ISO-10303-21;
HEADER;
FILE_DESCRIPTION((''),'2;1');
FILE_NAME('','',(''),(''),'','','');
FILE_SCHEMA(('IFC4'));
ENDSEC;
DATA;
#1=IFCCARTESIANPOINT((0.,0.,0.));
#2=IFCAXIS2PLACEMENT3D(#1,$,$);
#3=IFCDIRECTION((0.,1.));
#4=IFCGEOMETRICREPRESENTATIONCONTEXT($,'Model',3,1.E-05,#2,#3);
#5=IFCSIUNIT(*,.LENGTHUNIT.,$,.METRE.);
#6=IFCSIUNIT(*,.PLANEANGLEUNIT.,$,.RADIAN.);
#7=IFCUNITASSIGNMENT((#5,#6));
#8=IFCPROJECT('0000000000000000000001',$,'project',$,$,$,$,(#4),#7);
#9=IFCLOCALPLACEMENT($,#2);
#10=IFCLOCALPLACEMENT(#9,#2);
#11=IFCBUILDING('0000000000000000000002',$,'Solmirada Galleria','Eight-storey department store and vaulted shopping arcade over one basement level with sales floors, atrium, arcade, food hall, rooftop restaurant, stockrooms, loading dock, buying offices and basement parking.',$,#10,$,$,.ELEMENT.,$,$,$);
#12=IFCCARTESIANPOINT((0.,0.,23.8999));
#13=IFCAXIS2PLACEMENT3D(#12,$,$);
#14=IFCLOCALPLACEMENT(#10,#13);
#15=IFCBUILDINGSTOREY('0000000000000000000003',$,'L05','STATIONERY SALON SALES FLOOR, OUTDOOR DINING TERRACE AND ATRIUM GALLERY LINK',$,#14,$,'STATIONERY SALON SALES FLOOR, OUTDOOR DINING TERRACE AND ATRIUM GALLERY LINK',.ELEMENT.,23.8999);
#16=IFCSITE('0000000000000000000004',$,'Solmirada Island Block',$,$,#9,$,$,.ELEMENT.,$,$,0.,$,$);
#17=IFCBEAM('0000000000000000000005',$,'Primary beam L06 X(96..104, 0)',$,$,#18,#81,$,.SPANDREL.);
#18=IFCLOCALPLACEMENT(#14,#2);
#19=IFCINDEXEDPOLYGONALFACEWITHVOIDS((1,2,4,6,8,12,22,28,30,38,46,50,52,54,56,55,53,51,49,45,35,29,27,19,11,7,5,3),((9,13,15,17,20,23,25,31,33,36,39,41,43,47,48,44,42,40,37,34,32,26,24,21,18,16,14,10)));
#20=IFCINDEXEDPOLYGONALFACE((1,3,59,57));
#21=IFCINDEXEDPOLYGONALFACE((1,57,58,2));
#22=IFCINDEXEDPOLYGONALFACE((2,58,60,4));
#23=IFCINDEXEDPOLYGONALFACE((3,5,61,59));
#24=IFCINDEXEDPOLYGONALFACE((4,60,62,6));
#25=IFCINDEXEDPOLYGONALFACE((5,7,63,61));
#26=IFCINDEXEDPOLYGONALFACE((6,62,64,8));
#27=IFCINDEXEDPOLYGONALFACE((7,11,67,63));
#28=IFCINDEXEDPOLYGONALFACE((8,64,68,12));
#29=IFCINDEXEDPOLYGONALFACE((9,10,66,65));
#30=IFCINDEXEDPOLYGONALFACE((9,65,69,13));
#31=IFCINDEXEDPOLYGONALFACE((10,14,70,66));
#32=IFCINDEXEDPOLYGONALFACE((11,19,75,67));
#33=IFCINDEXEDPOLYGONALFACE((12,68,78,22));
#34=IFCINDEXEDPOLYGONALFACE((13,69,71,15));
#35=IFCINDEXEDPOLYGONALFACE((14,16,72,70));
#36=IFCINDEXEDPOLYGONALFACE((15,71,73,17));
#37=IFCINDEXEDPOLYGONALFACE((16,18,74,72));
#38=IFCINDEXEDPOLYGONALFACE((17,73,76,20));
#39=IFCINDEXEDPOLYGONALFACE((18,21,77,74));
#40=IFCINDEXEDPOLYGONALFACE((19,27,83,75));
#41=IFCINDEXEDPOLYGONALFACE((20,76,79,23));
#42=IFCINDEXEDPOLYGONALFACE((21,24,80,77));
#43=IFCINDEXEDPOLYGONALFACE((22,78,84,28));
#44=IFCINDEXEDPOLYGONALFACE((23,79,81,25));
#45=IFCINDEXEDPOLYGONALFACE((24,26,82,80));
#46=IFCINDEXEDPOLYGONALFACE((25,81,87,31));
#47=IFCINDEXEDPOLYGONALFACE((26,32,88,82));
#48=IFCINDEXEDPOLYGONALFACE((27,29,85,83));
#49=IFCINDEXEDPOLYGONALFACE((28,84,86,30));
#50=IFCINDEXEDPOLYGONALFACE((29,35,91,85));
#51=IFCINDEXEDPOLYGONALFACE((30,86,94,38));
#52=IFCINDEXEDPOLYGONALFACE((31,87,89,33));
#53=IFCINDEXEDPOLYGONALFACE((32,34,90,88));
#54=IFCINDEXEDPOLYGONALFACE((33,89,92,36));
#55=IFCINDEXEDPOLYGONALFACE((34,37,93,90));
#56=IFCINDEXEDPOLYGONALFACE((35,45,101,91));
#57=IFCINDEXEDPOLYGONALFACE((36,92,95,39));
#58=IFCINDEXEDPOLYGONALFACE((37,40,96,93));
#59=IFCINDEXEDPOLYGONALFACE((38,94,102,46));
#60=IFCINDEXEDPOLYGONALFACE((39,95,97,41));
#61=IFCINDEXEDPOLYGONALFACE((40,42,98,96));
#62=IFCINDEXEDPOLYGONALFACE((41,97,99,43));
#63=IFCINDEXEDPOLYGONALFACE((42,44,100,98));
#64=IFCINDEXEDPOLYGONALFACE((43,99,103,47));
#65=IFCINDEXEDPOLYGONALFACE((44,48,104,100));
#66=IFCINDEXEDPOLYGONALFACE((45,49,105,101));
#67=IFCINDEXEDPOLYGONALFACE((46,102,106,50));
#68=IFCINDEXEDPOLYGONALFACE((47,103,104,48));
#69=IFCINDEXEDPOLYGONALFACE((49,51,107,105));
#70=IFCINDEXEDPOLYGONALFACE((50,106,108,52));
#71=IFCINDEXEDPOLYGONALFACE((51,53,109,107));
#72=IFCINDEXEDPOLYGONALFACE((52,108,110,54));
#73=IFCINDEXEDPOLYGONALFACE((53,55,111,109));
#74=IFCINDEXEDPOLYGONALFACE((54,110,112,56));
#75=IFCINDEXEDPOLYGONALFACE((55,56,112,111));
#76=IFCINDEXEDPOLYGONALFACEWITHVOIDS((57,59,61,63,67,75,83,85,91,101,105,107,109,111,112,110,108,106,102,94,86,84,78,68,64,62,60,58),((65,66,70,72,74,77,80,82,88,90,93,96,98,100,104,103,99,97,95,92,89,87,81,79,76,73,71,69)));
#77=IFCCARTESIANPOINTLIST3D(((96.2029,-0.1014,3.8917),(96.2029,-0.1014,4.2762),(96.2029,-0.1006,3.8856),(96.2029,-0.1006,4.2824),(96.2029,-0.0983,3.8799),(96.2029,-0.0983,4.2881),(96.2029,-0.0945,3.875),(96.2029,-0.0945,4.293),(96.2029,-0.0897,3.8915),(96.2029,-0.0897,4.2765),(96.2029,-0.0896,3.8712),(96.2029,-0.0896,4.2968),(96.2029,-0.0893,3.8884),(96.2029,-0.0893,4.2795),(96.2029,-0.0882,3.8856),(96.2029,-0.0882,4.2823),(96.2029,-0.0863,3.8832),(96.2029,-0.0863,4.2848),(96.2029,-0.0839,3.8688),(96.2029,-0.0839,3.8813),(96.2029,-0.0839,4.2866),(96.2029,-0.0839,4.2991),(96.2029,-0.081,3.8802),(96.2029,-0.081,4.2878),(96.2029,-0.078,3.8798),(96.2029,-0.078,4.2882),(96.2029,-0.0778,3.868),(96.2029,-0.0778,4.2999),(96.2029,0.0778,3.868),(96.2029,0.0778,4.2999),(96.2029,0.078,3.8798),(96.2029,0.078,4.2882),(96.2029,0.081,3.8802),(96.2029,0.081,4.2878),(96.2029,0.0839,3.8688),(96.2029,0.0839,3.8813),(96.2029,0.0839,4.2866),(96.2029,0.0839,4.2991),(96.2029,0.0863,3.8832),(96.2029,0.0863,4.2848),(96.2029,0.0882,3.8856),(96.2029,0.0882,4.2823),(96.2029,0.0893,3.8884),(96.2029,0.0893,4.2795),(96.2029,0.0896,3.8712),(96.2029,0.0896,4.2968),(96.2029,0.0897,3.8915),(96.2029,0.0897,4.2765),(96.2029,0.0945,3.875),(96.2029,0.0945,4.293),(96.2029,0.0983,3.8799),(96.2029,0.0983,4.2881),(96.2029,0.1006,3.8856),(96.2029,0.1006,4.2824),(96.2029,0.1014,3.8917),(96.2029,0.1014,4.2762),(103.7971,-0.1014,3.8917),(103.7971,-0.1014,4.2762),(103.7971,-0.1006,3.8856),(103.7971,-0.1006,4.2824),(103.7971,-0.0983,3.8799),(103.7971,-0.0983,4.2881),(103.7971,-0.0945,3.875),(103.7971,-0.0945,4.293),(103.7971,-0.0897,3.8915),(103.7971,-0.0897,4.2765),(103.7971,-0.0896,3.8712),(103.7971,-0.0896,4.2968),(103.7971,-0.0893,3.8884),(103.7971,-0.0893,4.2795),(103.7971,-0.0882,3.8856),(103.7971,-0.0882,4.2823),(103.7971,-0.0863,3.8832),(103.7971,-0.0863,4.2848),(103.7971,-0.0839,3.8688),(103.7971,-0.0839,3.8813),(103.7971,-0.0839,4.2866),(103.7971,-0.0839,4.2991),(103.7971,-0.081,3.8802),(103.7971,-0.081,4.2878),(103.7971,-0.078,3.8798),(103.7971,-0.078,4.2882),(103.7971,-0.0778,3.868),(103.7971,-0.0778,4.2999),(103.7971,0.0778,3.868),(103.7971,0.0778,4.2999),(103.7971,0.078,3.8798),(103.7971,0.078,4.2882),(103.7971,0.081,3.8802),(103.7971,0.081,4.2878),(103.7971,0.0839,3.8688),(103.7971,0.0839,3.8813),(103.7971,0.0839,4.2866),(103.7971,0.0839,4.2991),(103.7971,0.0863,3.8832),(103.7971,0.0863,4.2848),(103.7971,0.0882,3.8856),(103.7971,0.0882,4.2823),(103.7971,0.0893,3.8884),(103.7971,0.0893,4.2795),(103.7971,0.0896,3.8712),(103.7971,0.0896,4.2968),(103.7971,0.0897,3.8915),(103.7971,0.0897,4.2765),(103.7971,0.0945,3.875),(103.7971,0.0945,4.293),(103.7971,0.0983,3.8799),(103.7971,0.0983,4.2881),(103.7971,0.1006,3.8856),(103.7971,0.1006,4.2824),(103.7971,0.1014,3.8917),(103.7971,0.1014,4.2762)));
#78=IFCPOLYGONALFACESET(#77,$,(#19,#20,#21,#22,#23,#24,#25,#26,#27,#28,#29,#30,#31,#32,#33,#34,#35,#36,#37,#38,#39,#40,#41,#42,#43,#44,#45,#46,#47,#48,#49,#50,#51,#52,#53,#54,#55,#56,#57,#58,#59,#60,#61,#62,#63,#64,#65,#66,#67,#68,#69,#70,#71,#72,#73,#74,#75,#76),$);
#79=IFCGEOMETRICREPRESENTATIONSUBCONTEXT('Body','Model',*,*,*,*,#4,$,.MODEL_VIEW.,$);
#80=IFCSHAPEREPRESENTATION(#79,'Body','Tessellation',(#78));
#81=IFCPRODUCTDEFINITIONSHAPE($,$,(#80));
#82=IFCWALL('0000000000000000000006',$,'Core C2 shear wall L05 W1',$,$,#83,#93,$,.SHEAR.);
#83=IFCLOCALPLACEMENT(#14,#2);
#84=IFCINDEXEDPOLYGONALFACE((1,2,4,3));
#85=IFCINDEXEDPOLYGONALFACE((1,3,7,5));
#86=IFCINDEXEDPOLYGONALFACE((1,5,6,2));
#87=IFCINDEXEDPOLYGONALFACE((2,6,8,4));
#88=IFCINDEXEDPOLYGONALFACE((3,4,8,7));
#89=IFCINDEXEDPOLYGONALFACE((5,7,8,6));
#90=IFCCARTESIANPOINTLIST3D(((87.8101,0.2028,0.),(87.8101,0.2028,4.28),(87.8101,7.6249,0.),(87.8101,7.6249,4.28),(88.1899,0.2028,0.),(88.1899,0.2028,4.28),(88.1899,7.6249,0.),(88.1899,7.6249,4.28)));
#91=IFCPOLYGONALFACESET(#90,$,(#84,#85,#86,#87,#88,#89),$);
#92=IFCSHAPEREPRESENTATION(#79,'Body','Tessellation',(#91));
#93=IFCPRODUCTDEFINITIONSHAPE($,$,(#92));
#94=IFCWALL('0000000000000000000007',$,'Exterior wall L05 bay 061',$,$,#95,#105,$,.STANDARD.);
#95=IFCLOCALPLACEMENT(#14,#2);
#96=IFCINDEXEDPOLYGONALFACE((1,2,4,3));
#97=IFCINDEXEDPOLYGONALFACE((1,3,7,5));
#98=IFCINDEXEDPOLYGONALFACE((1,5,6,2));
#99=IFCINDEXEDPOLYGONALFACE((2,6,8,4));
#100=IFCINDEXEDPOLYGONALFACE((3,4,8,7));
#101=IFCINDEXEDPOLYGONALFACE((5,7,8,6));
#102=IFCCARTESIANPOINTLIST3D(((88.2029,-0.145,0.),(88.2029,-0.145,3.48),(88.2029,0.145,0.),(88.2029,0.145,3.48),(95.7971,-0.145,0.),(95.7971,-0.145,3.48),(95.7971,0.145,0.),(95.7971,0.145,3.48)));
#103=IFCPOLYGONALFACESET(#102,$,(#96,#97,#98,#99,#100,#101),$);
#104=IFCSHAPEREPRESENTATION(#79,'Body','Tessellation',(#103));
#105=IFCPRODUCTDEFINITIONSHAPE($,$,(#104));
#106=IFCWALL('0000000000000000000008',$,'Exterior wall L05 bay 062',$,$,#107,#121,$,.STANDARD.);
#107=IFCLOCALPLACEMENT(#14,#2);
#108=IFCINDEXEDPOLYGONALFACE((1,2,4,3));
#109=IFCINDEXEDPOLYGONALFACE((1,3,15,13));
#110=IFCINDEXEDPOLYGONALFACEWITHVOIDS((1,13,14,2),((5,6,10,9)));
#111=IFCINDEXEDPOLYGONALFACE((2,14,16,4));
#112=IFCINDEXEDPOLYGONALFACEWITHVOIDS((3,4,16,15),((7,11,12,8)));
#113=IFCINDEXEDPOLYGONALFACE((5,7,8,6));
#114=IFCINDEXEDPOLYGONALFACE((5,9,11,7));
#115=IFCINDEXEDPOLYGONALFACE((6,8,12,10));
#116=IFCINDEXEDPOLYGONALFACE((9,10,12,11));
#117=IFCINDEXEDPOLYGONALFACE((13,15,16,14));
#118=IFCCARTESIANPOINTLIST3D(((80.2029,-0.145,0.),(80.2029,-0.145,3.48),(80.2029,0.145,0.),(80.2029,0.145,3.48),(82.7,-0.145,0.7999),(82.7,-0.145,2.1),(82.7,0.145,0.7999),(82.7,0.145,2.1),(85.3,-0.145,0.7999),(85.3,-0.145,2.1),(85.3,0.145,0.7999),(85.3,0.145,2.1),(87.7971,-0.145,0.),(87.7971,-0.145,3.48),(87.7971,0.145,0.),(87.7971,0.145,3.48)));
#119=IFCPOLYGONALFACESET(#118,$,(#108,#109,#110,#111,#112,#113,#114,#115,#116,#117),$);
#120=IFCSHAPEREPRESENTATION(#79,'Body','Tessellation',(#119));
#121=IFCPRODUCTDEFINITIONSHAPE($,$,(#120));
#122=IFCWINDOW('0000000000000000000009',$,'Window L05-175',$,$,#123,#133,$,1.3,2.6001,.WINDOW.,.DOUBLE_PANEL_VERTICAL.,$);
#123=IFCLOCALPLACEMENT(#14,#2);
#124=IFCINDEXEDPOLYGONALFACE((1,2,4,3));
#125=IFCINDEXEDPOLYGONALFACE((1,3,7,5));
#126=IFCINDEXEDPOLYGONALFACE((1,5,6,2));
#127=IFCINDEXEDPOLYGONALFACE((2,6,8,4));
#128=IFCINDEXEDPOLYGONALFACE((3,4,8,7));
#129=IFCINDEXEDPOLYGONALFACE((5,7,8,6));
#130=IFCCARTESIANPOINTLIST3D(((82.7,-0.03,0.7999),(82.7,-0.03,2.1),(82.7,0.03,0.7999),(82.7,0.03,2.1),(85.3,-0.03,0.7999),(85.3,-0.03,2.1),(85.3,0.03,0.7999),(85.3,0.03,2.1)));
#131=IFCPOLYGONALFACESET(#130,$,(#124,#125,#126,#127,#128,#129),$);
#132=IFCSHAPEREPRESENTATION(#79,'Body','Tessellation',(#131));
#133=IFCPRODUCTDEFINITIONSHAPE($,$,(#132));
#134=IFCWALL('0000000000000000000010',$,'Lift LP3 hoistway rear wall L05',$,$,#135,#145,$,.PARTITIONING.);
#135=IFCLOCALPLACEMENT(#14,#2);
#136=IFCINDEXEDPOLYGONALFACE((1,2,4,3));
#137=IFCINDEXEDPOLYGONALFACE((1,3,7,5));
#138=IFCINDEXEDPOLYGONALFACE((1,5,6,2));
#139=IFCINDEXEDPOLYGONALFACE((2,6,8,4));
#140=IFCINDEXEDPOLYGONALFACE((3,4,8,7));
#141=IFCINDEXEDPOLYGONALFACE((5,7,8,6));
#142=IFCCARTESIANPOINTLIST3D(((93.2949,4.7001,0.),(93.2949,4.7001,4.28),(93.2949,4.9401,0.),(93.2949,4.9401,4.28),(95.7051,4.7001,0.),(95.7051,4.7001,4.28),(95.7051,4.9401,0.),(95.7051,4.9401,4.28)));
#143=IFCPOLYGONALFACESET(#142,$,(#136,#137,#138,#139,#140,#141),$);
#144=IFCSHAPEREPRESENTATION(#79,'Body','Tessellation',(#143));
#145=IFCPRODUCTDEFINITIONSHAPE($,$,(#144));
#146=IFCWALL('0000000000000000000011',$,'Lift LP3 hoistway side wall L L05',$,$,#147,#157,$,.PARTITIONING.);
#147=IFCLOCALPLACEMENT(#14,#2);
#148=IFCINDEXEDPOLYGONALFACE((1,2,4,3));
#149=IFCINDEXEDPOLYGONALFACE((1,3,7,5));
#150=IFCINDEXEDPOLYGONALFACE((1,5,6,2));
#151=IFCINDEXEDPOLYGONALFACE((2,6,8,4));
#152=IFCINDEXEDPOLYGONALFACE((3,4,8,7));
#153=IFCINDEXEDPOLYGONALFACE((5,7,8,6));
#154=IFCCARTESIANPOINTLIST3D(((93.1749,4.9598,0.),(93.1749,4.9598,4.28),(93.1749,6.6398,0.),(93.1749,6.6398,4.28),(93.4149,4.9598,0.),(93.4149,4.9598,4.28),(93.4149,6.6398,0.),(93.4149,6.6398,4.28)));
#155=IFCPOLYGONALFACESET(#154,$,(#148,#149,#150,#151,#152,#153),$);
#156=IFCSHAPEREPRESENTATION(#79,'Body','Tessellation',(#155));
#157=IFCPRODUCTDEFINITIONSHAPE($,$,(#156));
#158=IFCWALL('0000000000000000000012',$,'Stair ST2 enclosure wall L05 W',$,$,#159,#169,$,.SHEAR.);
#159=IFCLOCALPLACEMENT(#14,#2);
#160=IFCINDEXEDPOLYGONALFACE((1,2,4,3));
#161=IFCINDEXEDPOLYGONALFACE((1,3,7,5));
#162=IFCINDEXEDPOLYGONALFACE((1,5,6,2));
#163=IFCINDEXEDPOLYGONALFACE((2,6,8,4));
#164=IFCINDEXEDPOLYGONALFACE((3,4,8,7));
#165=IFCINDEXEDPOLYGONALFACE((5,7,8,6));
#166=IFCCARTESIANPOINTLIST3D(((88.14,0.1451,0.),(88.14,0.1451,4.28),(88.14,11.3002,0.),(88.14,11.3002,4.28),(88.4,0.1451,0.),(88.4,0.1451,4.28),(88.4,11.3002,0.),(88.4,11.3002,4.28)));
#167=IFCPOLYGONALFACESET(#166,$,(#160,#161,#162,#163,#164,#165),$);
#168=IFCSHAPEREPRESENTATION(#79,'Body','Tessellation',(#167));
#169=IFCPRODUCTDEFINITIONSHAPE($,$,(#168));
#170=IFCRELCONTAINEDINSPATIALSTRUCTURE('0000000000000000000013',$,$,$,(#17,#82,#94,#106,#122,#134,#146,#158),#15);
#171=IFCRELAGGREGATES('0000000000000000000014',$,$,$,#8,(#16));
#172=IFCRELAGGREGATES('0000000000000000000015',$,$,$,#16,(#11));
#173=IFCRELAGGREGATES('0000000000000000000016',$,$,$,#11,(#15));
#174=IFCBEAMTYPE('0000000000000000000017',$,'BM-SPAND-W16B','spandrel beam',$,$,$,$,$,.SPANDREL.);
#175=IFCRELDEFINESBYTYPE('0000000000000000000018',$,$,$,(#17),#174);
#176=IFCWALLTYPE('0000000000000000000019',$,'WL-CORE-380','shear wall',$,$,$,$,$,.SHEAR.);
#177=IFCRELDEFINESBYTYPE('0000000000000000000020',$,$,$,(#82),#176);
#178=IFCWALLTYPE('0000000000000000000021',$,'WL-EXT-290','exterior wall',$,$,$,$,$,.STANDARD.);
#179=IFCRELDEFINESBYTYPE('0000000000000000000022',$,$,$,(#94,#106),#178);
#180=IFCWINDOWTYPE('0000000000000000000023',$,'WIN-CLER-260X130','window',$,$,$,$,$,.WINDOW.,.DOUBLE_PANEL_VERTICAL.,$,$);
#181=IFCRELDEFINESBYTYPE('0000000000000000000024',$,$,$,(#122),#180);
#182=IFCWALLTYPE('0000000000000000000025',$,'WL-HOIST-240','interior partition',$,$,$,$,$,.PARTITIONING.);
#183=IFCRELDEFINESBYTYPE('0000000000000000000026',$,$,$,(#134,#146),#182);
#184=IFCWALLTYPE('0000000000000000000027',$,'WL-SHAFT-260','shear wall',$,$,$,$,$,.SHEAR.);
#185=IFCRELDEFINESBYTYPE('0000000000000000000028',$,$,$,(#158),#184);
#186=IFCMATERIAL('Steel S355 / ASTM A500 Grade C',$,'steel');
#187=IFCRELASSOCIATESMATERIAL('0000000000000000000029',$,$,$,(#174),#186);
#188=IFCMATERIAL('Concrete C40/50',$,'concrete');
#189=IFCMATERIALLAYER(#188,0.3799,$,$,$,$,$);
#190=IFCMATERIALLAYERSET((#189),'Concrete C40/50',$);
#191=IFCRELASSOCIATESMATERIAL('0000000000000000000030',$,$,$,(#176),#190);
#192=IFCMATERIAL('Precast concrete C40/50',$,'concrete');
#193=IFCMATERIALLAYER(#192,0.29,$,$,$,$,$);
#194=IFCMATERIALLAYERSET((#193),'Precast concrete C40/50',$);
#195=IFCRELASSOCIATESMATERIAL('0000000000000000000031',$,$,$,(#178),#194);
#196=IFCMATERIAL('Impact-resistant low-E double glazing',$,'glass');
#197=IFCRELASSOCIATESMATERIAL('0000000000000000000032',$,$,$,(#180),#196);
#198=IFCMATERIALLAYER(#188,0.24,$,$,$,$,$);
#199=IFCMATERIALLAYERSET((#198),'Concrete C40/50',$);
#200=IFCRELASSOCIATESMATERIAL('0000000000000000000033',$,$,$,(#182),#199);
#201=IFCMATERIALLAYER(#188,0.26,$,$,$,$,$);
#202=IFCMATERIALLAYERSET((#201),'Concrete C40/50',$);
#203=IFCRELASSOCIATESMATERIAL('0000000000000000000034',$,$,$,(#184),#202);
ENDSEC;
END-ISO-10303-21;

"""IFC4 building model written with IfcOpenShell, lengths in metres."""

from ifc_helpers import new_model, si_unit, direction, frame, frame_2d, origin, origin_2d, place, context, subcontext, project, spatial, rectangle, hollow_rectangle, extrude, material, layer, layer_set, material_profile, profile_set, type_object, element, fill, save


model = new_model("IFC4")

# Units and contexts
model_context = context("Model", 3, precision=1e-05, world=origin(), true_north=direction((0.0, 1.0)))
body_context = subcontext(model_context, "Body", "Model", "MODEL_VIEW")
ifc_project = project(units=[si_unit("LENGTHUNIT", "METRE"), si_unit("PLANEANGLEUNIT", "RADIAN")], contexts=[model_context])

# Site, building, storey
site_placement = place(None, origin())
site = spatial("IfcSite", under=ifc_project, at=site_placement, Name="Solmirada Island Block", CompositionType="ELEMENT", RefElevation=0.0)
building_placement = place(site_placement, origin())
building = spatial("IfcBuilding", under=site, at=building_placement, Name="Solmirada Galleria", Description="Eight-storey department store and vaulted shopping arcade over one basement level with sales floors, atrium, arcade, food hall, rooftop restaurant, stockrooms, loading dock, buying offices and basement parking.", CompositionType="ELEMENT")
storey_placement = place(building_placement, frame((0.0, 0.0, 23.8999)))
storey = spatial("IfcBuildingStorey", under=building, at=storey_placement, Name="L05", Description="STATIONERY SALON SALES FLOOR, OUTDOOR DINING TERRACE AND ATRIUM GALLERY LINK", LongName="STATIONERY SALON SALES FLOOR, OUTDOOR DINING TERRACE AND ATRIUM GALLERY LINK", CompositionType="ELEMENT", Elevation=23.8999)

# Shared definitions
ifc_material_1 = material(Name="Steel S355 / ASTM A500 Grade C", Category="steel")

# Beam
ifc_material_profile_1 = material_profile(ifc_material_1, hollow_rectangle(XDim=0.2029, YDim=0.4319, WallThickness=0.0117, InnerFilletRadius=0.0117, OuterFilletRadius=0.0237, at=origin_2d()), Name="HSS17X8X1/2")
ifc_profile_set_1 = profile_set([ifc_material_profile_1], Name="Steel S355 / ASTM A500 Grade C")
beam_type_1 = type_object("IfcBeamType", Name="BM-SPAND-W16B", Description="spandrel beam", PredefinedType="SPANDREL", material=ifc_profile_set_1)
for number, where, z_axis, x_axis, name in (
    (1, (96.2029, 0.0, 4.084), (1.0, 0.0, 0.0), (0.0, 1.0, 0.0), "Primary beam L06 X(96..104, 0)"),
):
    element("IfcBeam", number, at=place(storey_placement, frame(where, z_axis=z_axis, x_axis=x_axis)), inside=storey, type_object=beam_type_1, Name=name, PredefinedType="SPANDREL", context=body_context, shape_type="SweptSolid", body=[
        extrude(hollow_rectangle(XDim=0.2029, YDim=0.4319, WallThickness=0.0117, InnerFilletRadius=0.0117, OuterFilletRadius=0.0237, at=origin_2d()), origin(), (0.0, 0.0, 1.0), 7.5942),
    ])

# Wall
ifc_material_2 = material(Name="Concrete C40/50", Category="concrete")
ifc_layer_1 = layer(ifc_material_2, 0.3799)
ifc_layer_set_1 = layer_set([ifc_layer_1], Name="Concrete C40/50")
wall_type_1 = type_object("IfcWallType", Name="WL-CORE-380", Description="shear wall", PredefinedType="SHEAR", material=ifc_layer_set_1)
wall_1_placement = place(storey_placement, frame((88.0, 0.2029, 0.0), z_axis=(0.0, 0.0, 1.0), x_axis=(0.0, 1.0, 0.0)))
element("IfcWall", 2, at=wall_1_placement, inside=storey, type_object=wall_type_1, Name="Core C2 shear wall L05 W1", PredefinedType="SHEAR", context=body_context, shape_type="SweptSolid", body=[
    extrude(rectangle(XDim=7.4221, YDim=0.3799, at=frame_2d((3.7109, 0.0))), origin(), (0.0, 0.0, 1.0), 4.28),
])

# Wall
ifc_material_3 = material(Name="Precast concrete C40/50", Category="concrete")
ifc_layer_2 = layer(ifc_material_3, 0.29)
ifc_layer_set_2 = layer_set([ifc_layer_2], Name="Precast concrete C40/50")
wall_type_2 = type_object("IfcWallType", Name="WL-EXT-290", Description="exterior wall", PredefinedType="STANDARD", material=ifc_layer_set_2)
wall_2_placement = place(storey_placement, frame((95.7971, 0.0, 0.0), z_axis=(0.0, 0.0, 1.0), x_axis=(-1.0, 0.0, 0.0)))
element("IfcWall", 3, at=wall_2_placement, inside=storey, type_object=wall_type_2, Name="Exterior wall L05 bay 061", PredefinedType="STANDARD", context=body_context, shape_type="SweptSolid", body=[
    extrude(rectangle(XDim=7.5942, YDim=0.29, at=frame_2d((3.7971, 0.0))), origin(), (0.0, 0.0, 1.0), 3.48),
])

# Wall, opening, window
wall_3_placement = place(storey_placement, frame((87.7971, 0.0, 0.0), z_axis=(0.0, 0.0, 1.0), x_axis=(-1.0, 0.0, 0.0)))
wall_3 = element("IfcWall", 4, at=wall_3_placement, inside=storey, type_object=wall_type_2, Name="Exterior wall L05 bay 062", PredefinedType="STANDARD", context=body_context, shape_type="SweptSolid", body=[
    extrude(rectangle(XDim=7.5942, YDim=0.29, at=frame_2d((3.7971, 0.0))), origin(), (0.0, 0.0, 1.0), 3.48),
])
opening_1_placement = place(wall_3_placement, frame((2.4971, 0.0, 0.8)))
opening_1 = element("IfcOpeningElement", 5, at=opening_1_placement, cuts=wall_3, PredefinedType="OPENING", context=body_context, shape_type="SweptSolid", body=[
    extrude(rectangle(XDim=2.6001, YDim=1.3, at=frame_2d((1.3, 0.6499))), frame((0.0, 0.155, 0.0), z_axis=(0.0, -1.0, 0.0), x_axis=(1.0, 0.0, 0.0)), (0.0, 0.0, 1.0), 0.3101),
])
ifc_material_4 = material(Name="Impact-resistant low-E double glazing", Category="glass")
window_type = type_object("IfcWindowType", Name="WIN-CLER-260X130", Description="window", PartitioningType="DOUBLE_PANEL_VERTICAL", PredefinedType="WINDOW", material=ifc_material_4)
window_placement = place(opening_1_placement, origin())
window = element("IfcWindow", 6, at=window_placement, inside=storey, type_object=window_type, Name="Window L05-175", OverallHeight=1.3, OverallWidth=2.6001, PartitioningType="DOUBLE_PANEL_VERTICAL", PredefinedType="WINDOW", context=body_context, shape_type="SweptSolid", body=[
    extrude(rectangle(XDim=2.6001, YDim=1.3, at=frame_2d((1.3, 0.6499))), frame((0.0, 0.03, 0.0), z_axis=(0.0, -1.0, 0.0), x_axis=(1.0, 0.0, 0.0)), (0.0, 0.0, 1.0), 0.0601),
])
fill(opening_1, window)

# Walls
ifc_layer_3 = layer(ifc_material_2, 0.24)
ifc_layer_set_3 = layer_set([ifc_layer_3], Name="Concrete C40/50")
wall_type_3 = type_object("IfcWallType", Name="WL-HOIST-240", Description="interior partition", PredefinedType="PARTITIONING", material=ifc_layer_set_3)
wall_4_placement = place(storey_placement, frame((93.2949, 4.8201, 0.0), z_axis=(0.0, 0.0, 1.0), x_axis=(1.0, 0.0, 0.0)))
element("IfcWall", 7, at=wall_4_placement, inside=storey, type_object=wall_type_3, Name="Lift LP3 hoistway rear wall L05", PredefinedType="PARTITIONING", context=body_context, shape_type="SweptSolid", body=[
    extrude(rectangle(XDim=2.4102, YDim=0.24, at=frame_2d((1.2051, 0.0))), origin(), (0.0, 0.0, 1.0), 4.28),
])
wall_5_placement = place(storey_placement, frame((93.2949, 4.96, 0.0), z_axis=(0.0, 0.0, 1.0), x_axis=(0.0, 1.0, 0.0)))
element("IfcWall", 8, at=wall_5_placement, inside=storey, type_object=wall_type_3, Name="Lift LP3 hoistway side wall L L05", PredefinedType="PARTITIONING", context=body_context, shape_type="SweptSolid", body=[
    extrude(rectangle(XDim=1.6799, YDim=0.24, at=frame_2d((0.8398, 0.0))), origin(), (0.0, 0.0, 1.0), 4.28),
])
ifc_layer_4 = layer(ifc_material_2, 0.26)
ifc_layer_set_4 = layer_set([ifc_layer_4], Name="Concrete C40/50")
wall_type_4 = type_object("IfcWallType", Name="WL-SHAFT-260", Description="shear wall", PredefinedType="SHEAR", material=ifc_layer_set_4)
wall_6_placement = place(storey_placement, frame((88.27, 0.145, 0.0), z_axis=(0.0, 0.0, 1.0), x_axis=(0.0, 1.0, 0.0)))
element("IfcWall", 9, at=wall_6_placement, inside=storey, type_object=wall_type_4, Name="Stair ST2 enclosure wall L05 W", PredefinedType="SHEAR", context=body_context, shape_type="SweptSolid", body=[
    extrude(rectangle(XDim=11.155, YDim=0.26, at=frame_2d((5.5776, 0.0))), origin(), (0.0, 0.0, 1.0), 4.28),
])

save(model, "model.ifc")
